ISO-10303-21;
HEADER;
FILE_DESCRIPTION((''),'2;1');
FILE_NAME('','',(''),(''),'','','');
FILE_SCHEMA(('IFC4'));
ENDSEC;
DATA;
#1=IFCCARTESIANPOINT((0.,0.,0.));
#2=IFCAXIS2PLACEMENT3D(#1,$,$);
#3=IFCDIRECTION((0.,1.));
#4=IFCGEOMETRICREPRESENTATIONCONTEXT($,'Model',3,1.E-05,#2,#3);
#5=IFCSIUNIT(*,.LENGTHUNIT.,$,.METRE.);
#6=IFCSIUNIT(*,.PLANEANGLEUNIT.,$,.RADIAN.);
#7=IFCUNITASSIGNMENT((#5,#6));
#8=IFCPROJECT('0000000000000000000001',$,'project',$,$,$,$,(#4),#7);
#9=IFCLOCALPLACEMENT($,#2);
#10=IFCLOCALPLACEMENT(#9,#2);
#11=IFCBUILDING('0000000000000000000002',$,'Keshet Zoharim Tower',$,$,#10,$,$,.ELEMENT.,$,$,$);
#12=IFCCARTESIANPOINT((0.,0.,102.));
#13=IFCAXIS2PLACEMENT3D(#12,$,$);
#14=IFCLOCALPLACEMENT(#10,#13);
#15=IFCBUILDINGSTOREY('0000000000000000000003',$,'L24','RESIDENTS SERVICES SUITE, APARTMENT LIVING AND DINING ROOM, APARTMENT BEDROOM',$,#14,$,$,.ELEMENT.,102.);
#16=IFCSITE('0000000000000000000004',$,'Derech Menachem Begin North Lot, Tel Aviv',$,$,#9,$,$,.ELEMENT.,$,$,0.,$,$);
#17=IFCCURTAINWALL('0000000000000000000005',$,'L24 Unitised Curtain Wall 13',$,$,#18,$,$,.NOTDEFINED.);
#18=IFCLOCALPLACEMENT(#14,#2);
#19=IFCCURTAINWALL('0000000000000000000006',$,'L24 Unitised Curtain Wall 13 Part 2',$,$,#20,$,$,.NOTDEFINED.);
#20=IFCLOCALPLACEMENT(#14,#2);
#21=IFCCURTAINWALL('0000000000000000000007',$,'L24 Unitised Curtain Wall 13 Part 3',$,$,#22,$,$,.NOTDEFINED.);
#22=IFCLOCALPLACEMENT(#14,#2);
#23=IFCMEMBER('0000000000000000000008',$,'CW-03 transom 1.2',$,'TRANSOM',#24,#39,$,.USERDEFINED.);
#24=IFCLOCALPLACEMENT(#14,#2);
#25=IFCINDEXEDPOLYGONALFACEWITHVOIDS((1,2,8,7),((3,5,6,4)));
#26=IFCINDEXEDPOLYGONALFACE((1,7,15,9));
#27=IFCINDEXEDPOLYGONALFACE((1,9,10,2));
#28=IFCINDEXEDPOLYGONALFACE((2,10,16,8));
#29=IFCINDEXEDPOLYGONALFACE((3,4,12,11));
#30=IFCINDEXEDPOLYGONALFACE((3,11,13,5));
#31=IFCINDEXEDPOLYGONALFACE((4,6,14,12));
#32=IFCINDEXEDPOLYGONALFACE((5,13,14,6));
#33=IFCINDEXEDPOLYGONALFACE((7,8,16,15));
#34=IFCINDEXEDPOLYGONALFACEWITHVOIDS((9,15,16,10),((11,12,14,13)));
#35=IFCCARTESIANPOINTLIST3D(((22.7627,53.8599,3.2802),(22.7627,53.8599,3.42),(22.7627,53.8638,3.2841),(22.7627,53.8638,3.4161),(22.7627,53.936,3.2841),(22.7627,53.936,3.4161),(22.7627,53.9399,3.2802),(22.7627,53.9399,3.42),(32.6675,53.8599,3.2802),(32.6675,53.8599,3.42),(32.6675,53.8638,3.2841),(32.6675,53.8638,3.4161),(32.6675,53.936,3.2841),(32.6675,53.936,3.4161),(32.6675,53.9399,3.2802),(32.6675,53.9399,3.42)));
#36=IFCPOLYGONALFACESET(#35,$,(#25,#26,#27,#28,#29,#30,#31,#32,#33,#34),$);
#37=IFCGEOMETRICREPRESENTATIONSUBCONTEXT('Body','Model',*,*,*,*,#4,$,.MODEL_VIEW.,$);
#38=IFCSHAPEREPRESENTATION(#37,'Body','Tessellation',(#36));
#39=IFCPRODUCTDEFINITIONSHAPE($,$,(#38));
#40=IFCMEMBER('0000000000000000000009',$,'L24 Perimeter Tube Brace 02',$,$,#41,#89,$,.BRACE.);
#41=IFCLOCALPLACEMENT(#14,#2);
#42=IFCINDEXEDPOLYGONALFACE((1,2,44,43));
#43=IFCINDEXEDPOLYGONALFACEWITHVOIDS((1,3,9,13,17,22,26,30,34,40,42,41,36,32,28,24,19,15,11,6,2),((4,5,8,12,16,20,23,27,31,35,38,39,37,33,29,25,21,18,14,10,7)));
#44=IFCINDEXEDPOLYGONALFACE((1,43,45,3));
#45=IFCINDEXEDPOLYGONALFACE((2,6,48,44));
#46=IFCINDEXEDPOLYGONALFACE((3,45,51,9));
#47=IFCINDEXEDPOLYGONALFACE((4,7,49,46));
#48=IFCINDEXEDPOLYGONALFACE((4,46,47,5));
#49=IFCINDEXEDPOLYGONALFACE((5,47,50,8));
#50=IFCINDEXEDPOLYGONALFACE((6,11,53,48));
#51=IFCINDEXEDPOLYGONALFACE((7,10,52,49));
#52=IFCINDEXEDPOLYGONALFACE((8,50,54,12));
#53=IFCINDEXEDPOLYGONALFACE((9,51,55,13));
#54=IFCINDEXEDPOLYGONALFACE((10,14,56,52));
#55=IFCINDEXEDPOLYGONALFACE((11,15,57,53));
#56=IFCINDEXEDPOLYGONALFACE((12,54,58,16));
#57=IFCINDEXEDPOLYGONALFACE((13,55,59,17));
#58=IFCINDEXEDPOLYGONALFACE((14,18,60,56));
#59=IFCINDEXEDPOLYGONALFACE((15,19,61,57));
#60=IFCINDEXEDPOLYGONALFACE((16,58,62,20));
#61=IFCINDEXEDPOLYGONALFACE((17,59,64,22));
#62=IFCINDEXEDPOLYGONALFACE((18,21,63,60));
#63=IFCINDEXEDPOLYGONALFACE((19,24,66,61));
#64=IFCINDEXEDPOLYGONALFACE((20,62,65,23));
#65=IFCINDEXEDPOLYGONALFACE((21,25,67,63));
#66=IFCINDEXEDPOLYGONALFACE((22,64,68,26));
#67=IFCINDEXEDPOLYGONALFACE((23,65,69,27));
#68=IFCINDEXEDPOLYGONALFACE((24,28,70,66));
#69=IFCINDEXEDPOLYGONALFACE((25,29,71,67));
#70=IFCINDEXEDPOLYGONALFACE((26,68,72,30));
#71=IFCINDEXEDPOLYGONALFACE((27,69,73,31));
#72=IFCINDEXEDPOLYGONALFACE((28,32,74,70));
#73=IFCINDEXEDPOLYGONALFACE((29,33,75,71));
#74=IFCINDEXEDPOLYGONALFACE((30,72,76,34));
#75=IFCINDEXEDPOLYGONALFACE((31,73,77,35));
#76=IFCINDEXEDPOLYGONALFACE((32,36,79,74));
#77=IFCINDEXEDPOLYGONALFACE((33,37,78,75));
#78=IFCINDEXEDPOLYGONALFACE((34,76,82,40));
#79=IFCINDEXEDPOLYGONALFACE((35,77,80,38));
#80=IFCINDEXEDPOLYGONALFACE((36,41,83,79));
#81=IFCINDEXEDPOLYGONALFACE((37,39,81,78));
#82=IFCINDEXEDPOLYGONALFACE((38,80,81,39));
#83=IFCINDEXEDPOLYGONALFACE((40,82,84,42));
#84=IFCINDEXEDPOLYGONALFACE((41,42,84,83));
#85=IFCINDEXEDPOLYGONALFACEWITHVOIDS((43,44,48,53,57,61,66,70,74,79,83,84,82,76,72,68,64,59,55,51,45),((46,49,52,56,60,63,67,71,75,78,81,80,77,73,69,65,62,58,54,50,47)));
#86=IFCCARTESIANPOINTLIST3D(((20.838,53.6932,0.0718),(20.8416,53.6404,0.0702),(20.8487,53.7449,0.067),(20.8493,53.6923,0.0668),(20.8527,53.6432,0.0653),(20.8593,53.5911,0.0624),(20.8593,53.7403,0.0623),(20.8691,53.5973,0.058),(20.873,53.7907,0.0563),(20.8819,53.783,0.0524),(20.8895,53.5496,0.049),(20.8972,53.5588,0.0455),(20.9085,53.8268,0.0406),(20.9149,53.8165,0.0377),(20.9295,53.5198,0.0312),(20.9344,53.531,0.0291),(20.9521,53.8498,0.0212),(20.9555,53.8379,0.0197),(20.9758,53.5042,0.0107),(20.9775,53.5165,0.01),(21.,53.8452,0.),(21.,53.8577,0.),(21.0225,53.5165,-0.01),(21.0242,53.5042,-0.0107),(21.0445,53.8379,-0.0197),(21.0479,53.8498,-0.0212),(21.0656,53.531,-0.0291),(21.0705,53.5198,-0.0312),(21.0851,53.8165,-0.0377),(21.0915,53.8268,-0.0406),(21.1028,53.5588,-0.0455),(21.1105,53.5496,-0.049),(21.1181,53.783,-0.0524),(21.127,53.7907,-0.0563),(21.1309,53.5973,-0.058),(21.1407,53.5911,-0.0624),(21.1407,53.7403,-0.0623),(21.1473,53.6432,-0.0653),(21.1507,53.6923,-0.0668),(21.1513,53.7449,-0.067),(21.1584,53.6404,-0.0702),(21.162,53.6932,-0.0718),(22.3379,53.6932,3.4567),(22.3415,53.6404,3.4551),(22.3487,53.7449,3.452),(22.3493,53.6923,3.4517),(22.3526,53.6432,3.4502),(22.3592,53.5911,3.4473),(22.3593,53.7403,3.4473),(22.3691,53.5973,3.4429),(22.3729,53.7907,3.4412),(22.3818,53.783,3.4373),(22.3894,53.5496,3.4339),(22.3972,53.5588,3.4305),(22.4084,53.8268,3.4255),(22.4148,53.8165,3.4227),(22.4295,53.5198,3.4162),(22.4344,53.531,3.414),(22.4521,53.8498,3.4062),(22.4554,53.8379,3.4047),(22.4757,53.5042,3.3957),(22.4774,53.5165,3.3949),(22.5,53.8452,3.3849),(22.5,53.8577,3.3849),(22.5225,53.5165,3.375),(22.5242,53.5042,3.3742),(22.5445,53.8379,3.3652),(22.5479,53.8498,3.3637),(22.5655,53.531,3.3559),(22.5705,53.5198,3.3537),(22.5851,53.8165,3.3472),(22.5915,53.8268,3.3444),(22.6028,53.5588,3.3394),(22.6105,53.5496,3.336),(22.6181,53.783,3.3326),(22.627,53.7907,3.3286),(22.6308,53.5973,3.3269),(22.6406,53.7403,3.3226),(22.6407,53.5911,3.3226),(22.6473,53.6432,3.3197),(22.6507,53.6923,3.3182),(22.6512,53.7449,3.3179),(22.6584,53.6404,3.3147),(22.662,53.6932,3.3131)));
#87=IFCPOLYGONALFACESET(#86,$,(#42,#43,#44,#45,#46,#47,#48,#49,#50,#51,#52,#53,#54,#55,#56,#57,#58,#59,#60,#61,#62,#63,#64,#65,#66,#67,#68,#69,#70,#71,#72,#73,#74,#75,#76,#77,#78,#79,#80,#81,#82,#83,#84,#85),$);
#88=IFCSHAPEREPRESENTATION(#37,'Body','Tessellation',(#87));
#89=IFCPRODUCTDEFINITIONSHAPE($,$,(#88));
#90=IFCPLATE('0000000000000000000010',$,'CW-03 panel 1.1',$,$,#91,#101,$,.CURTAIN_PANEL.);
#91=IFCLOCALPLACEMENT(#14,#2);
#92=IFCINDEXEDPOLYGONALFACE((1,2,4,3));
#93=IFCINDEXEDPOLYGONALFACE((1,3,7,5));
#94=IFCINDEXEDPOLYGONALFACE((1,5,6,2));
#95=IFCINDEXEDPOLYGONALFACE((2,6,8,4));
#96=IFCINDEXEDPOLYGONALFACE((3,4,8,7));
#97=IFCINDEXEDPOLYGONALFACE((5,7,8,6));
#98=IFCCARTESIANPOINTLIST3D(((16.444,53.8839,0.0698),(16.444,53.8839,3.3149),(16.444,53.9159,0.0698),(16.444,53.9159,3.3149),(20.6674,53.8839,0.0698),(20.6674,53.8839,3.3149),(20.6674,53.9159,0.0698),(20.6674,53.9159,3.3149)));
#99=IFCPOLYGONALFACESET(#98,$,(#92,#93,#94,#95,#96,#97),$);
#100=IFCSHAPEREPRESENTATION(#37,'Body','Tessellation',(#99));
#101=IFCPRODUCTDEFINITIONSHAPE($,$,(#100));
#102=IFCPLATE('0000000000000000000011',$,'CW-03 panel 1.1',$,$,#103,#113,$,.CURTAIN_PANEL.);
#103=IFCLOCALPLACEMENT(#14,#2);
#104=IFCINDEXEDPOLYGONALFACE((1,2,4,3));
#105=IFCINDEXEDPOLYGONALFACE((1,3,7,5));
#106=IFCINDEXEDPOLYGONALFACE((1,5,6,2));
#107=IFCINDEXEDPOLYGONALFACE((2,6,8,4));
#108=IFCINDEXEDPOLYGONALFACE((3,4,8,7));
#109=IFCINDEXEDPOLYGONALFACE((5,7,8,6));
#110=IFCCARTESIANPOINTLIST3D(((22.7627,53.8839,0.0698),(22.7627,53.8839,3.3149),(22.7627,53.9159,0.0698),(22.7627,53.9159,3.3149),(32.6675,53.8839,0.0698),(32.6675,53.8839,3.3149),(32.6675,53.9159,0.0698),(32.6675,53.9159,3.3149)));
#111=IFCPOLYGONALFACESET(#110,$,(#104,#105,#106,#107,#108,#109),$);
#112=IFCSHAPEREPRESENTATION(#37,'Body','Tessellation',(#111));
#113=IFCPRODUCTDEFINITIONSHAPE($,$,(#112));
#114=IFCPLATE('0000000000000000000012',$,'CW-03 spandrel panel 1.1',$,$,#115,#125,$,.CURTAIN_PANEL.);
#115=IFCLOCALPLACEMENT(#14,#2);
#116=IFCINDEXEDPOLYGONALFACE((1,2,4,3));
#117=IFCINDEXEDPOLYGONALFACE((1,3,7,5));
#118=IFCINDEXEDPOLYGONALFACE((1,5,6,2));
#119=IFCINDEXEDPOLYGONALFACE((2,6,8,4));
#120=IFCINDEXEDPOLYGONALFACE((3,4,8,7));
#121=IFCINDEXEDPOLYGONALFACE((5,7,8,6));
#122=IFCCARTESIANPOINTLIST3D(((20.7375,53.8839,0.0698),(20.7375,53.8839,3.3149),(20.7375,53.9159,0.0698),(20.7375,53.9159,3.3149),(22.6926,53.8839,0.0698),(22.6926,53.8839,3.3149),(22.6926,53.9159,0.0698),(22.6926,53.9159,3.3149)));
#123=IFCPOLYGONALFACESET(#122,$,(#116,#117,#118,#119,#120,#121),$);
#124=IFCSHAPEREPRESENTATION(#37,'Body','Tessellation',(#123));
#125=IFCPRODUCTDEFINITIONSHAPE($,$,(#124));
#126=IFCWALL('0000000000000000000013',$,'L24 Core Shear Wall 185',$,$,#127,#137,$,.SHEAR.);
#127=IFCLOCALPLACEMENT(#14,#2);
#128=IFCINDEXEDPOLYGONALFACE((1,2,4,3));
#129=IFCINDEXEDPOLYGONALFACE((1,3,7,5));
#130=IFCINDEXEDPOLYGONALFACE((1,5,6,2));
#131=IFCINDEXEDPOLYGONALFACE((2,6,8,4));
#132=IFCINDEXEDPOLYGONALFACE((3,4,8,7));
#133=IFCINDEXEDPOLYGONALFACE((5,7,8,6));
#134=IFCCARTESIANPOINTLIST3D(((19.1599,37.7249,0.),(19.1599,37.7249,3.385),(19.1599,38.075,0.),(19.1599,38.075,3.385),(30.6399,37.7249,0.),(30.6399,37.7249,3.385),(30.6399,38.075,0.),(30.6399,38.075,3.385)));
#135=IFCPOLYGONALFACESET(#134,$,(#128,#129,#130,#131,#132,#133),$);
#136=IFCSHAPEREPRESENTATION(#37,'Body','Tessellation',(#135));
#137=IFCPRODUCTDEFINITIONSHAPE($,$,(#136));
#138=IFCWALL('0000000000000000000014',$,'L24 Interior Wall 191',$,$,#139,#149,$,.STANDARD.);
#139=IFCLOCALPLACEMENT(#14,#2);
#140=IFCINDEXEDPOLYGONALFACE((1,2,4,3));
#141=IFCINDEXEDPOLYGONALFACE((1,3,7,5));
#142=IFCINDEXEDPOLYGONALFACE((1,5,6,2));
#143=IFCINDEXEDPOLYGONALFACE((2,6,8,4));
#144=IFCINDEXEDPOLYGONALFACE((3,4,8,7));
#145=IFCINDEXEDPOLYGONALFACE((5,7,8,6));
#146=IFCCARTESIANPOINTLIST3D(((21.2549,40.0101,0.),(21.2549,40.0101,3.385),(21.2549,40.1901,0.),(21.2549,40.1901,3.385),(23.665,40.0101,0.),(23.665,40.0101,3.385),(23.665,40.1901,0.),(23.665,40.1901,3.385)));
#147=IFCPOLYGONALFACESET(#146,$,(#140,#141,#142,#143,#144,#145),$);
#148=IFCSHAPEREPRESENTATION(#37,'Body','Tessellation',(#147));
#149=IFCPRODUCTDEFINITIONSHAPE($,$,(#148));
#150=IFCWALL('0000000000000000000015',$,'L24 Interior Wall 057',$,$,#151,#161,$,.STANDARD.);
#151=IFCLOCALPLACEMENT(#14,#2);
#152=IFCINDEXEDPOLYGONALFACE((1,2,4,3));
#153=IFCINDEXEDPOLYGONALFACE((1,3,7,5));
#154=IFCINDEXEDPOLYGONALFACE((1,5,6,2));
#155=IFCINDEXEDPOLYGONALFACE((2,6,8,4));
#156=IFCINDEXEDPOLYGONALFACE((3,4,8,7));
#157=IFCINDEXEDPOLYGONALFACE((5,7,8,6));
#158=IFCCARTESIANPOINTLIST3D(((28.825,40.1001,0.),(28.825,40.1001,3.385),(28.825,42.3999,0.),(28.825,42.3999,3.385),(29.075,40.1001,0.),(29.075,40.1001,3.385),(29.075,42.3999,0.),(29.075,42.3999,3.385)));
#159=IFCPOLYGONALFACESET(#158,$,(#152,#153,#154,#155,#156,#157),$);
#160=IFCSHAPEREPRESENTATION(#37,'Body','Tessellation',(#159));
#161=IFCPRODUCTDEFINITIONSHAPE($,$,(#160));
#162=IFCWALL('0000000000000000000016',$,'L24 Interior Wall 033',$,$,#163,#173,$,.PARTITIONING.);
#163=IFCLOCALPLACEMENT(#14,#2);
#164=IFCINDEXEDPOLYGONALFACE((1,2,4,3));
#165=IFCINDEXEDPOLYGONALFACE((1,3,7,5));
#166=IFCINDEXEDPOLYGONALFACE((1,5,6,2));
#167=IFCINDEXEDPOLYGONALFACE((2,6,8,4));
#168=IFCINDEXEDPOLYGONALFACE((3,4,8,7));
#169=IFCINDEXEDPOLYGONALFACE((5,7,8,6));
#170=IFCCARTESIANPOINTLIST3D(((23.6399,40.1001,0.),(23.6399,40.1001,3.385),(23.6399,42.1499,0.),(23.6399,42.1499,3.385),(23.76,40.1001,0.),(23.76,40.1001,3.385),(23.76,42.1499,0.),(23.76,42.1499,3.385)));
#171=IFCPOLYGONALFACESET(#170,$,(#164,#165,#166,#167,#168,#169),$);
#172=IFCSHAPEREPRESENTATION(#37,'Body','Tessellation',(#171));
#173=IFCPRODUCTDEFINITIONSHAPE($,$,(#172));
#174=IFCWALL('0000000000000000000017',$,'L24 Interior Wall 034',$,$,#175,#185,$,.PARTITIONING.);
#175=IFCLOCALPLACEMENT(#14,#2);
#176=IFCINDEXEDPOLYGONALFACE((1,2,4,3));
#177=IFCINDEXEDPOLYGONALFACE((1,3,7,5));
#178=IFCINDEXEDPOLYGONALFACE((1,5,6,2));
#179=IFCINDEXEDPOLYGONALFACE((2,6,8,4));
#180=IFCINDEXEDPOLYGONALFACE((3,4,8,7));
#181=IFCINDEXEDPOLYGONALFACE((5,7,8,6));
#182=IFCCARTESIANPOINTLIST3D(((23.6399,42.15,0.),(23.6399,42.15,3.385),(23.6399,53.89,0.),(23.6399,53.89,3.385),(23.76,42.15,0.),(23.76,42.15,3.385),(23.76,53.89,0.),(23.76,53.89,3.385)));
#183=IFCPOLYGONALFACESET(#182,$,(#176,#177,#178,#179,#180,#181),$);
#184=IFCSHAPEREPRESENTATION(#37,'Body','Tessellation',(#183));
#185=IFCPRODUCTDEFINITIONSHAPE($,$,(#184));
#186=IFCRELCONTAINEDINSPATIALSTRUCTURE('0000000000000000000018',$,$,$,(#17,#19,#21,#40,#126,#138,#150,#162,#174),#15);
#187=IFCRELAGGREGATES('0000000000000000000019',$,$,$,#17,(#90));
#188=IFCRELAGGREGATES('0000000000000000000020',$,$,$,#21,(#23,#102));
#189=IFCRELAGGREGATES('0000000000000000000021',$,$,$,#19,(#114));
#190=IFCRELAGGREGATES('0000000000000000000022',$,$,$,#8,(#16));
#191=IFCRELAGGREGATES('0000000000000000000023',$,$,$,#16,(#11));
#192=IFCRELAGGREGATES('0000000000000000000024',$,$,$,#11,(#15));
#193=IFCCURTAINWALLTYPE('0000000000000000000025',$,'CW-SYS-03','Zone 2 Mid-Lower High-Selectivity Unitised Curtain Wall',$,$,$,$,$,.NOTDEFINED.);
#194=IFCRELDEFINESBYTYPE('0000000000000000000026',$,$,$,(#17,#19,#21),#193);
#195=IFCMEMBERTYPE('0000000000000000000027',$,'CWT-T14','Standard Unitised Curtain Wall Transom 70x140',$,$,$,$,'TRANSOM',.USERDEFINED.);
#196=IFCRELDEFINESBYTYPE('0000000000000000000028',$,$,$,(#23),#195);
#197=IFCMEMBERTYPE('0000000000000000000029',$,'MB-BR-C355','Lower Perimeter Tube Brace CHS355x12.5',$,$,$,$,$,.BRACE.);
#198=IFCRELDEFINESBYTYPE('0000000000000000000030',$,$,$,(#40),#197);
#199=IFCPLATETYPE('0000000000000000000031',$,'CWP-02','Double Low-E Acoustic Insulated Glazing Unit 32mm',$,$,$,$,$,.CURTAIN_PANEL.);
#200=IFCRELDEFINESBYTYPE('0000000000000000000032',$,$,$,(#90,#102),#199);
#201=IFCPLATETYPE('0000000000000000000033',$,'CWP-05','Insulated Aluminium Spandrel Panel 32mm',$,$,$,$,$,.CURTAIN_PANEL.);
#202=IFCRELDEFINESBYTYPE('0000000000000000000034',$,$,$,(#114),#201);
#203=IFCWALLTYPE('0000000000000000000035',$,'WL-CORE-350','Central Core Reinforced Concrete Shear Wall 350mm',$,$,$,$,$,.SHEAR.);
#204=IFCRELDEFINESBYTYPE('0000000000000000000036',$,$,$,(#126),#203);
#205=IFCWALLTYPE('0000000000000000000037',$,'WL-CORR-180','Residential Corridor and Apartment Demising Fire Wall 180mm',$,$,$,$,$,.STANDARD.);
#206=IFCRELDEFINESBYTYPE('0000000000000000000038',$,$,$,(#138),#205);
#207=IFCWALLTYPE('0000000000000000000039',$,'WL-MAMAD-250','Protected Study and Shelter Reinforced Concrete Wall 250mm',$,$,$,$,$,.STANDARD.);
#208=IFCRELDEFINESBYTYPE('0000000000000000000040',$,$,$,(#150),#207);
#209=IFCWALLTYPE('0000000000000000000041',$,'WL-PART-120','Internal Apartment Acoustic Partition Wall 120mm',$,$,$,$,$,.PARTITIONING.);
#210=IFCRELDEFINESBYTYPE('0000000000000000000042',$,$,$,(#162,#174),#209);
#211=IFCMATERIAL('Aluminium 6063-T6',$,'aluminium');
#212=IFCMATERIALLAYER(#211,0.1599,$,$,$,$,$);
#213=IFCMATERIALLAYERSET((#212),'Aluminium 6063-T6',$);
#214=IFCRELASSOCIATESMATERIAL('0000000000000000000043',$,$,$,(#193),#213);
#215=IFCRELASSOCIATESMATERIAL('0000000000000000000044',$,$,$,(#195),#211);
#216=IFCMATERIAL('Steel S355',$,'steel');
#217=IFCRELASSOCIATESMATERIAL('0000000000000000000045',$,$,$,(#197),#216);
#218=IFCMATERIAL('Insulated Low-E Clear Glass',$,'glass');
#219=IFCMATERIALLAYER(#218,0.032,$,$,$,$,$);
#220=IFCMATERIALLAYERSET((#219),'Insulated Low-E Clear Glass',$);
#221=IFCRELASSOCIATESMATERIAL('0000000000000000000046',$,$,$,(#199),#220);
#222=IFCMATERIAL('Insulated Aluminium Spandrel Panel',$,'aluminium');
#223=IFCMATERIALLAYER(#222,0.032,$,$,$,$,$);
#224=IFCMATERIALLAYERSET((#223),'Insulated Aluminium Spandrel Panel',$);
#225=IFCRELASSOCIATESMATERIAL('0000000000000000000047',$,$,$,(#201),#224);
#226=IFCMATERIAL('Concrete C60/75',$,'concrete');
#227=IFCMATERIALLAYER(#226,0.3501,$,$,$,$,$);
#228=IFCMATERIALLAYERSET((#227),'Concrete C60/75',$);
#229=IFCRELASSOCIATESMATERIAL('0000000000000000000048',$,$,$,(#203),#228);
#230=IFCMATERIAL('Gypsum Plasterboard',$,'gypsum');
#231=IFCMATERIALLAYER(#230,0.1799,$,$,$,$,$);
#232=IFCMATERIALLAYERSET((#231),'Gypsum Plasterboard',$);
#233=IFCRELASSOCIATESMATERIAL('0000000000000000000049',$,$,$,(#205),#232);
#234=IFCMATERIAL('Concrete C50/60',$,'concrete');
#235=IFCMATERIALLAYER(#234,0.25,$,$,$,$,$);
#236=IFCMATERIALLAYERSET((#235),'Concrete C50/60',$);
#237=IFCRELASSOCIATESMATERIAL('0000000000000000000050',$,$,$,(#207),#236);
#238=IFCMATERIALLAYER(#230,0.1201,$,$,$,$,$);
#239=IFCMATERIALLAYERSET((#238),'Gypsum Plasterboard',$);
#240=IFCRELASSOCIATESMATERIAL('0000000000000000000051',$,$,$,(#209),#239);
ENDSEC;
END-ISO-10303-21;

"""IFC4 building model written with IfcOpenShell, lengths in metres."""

from ifc_helpers import new_model, si_unit, direction, frame, frame_2d, origin, origin_2d, place, context, subcontext, project, spatial, rectangle, hollow_rectangle, hollow_circle, extrude, material, layer, layer_set, material_profile, profile_set, type_object, element, aggregate, save


model = new_model("IFC4")

# Units and contexts
model_context = context("Model", 3, precision=1e-05, world=origin(), true_north=direction((0.0, 1.0)))
body_context = subcontext(model_context, "Body", "Model", "MODEL_VIEW")
ifc_project = project(units=[si_unit("LENGTHUNIT", "METRE"), si_unit("PLANEANGLEUNIT", "RADIAN")], contexts=[model_context])

# Site, building, storey
site_placement = place(None, origin())
site = spatial("IfcSite", under=ifc_project, at=site_placement, Name="Derech Menachem Begin North Lot, Tel Aviv", CompositionType="ELEMENT", RefElevation=0.0)
building_placement = place(site_placement, origin())
building = spatial("IfcBuilding", under=site, at=building_placement, Name="Keshet Zoharim Tower", CompositionType="ELEMENT")
storey_placement = place(building_placement, frame((0.0, 0.0, 102.0)))
storey = spatial("IfcBuildingStorey", under=building, at=storey_placement, Name="L24", Description="RESIDENTS SERVICES SUITE, APARTMENT LIVING AND DINING ROOM, APARTMENT BEDROOM", CompositionType="ELEMENT", Elevation=102.0)

# Shared definitions
ifc_material_1 = material(Name="Steel S355", Category="steel")

# Curtain wall
ifc_material_2 = material(Name="Aluminium 6063-T6", Category="aluminium")
ifc_layer_1 = layer(ifc_material_2, 0.1599)
ifc_layer_set_1 = layer_set([ifc_layer_1], Name="Aluminium 6063-T6")
curtain_wall_type = type_object("IfcCurtainWallType", Name="CW-SYS-03", Description="Zone 2 Mid-Lower High-Selectivity Unitised Curtain Wall", PredefinedType="NOTDEFINED", material=ifc_layer_set_1)
curtain_wall_1_placement = place(storey_placement, origin())
curtain_wall_1 = element("IfcCurtainWall", 1, at=curtain_wall_1_placement, inside=storey, type_object=curtain_wall_type, Name="L24 Unitised Curtain Wall 13", PredefinedType="NOTDEFINED")

# Curtain walls, member
curtain_wall_2_placement = place(storey_placement, origin())
curtain_wall_2 = element("IfcCurtainWall", 2, at=curtain_wall_2_placement, inside=storey, type_object=curtain_wall_type, Name="L24 Unitised Curtain Wall 13 Part 2", PredefinedType="NOTDEFINED")
ifc_material_profile_1 = material_profile(ifc_material_2, hollow_rectangle(XDim=0.0801, YDim=0.1399, WallThickness=0.0039, at=origin_2d()), Name="TRN-80x140")
ifc_profile_set_1 = profile_set([ifc_material_profile_1], Name="Aluminium 6063-T6")
member_type_1 = type_object("IfcMemberType", Name="CWT-T14", Description="Standard Unitised Curtain Wall Transom 70x140", ElementType="TRANSOM", PredefinedType="USERDEFINED", material=ifc_profile_set_1)
curtain_wall_3_placement = place(storey_placement, origin())
curtain_wall_3 = element("IfcCurtainWall", 3, at=curtain_wall_3_placement, inside=storey, type_object=curtain_wall_type, Name="L24 Unitised Curtain Wall 13 Part 3", PredefinedType="NOTDEFINED")
member_1_placement = place(storey_placement, frame((22.7627, 53.8999, 3.3501), z_axis=(1.0, 0.0, 0.0), x_axis=(0.0, 1.0, 0.0)))
member_1 = element("IfcMember", 4, at=member_1_placement, type_object=member_type_1, Name="CW-03 transom 1.2", ObjectType="TRANSOM", PredefinedType="USERDEFINED", context=body_context, shape_type="SweptSolid", body=[
    extrude(hollow_rectangle(XDim=0.0801, YDim=0.1399, WallThickness=0.0039, at=origin_2d()), origin(), (0.0, 0.0, 1.0), 9.9048),
])

# Member
ifc_material_profile_2 = material_profile(ifc_material_1, hollow_circle(Radius=0.1777, WallThickness=0.0125, at=origin_2d()), Name="CHS355x12.5")
ifc_profile_set_2 = profile_set([ifc_material_profile_2], Name="Steel S355")
member_type_2 = type_object("IfcMemberType", Name="MB-BR-C355", Description="Lower Perimeter Tube Brace CHS355x12.5", PredefinedType="BRACE", material=ifc_profile_set_2)
member_2_placement = place(storey_placement, frame((21.0, 53.6799, 0.0), z_axis=(0.405135, 0.0, 0.914257), x_axis=(0.0, 1.0, 0.0)))
element("IfcMember", 5, at=member_2_placement, inside=storey, type_object=member_type_2, Name="L24 Perimeter Tube Brace 02", PredefinedType="BRACE", context=body_context, shape_type="SweptSolid", body=[
    extrude(hollow_circle(Radius=0.1777, WallThickness=0.0125, at=origin_2d()), origin(), (0.0, 0.0, 1.0), 3.7024),
])

# Plates
ifc_material_3 = material(Name="Insulated Low-E Clear Glass", Category="glass")
ifc_layer_2 = layer(ifc_material_3, 0.032)
ifc_layer_set_2 = layer_set([ifc_layer_2], Name="Insulated Low-E Clear Glass")
plate_type_1 = type_object("IfcPlateType", Name="CWP-02", Description="Double Low-E Acoustic Insulated Glazing Unit 32mm", PredefinedType="CURTAIN_PANEL", material=ifc_layer_set_2)
plate_1_placement = place(storey_placement, frame((18.5557, 53.8999, 0.0698), z_axis=(0.0, 0.0, 1.0), x_axis=(1.0, 0.0, 0.0)))
plate_1 = element("IfcPlate", 6, at=plate_1_placement, type_object=plate_type_1, Name="CW-03 panel 1.1", PredefinedType="CURTAIN_PANEL", context=body_context, shape_type="SweptSolid", body=[
    extrude(rectangle(XDim=4.2234, YDim=0.032, at=origin_2d()), origin(), (0.0, 0.0, 1.0), 3.2451),
])
aggregate(curtain_wall_1, [plate_1])
plate_2_placement = place(storey_placement, frame((27.7151, 53.8999, 0.0698), z_axis=(0.0, 0.0, 1.0), x_axis=(1.0, 0.0, 0.0)))
plate_2 = element("IfcPlate", 7, at=plate_2_placement, type_object=plate_type_1, Name="CW-03 panel 1.1", PredefinedType="CURTAIN_PANEL", context=body_context, shape_type="SweptSolid", body=[
    extrude(rectangle(XDim=9.9048, YDim=0.032, at=origin_2d()), origin(), (0.0, 0.0, 1.0), 3.2451),
])
aggregate(curtain_wall_3, [member_1, plate_2])
ifc_material_4 = material(Name="Insulated Aluminium Spandrel Panel", Category="aluminium")
ifc_layer_3 = layer(ifc_material_4, 0.032)
ifc_layer_set_3 = layer_set([ifc_layer_3], Name="Insulated Aluminium Spandrel Panel")
plate_type_2 = type_object("IfcPlateType", Name="CWP-05", Description="Insulated Aluminium Spandrel Panel 32mm", PredefinedType="CURTAIN_PANEL", material=ifc_layer_set_3)
plate_3_placement = place(storey_placement, frame((21.7151, 53.8999, 0.0698), z_axis=(0.0, 0.0, 1.0), x_axis=(1.0, 0.0, 0.0)))
plate_3 = element("IfcPlate", 8, at=plate_3_placement, type_object=plate_type_2, Name="CW-03 spandrel panel 1.1", PredefinedType="CURTAIN_PANEL", context=body_context, shape_type="SweptSolid", body=[
    extrude(rectangle(XDim=1.9551, YDim=0.032, at=origin_2d()), origin(), (0.0, 0.0, 1.0), 3.2451),
])
aggregate(curtain_wall_2, [plate_3])

# Walls
ifc_material_5 = material(Name="Concrete C60/75", Category="concrete")
ifc_layer_4 = layer(ifc_material_5, 0.3501)
ifc_layer_set_4 = layer_set([ifc_layer_4], Name="Concrete C60/75")
wall_type_1 = type_object("IfcWallType", Name="WL-CORE-350", Description="Central Core Reinforced Concrete Shear Wall 350mm", PredefinedType="SHEAR", material=ifc_layer_set_4)
wall_1_placement = place(storey_placement, frame((19.1599, 37.8999, 0.0), z_axis=(0.0, 0.0, 1.0), x_axis=(1.0, 0.0, 0.0)))
element("IfcWall", 9, at=wall_1_placement, inside=storey, type_object=wall_type_1, Name="L24 Core Shear Wall 185", PredefinedType="SHEAR", context=body_context, shape_type="SweptSolid", body=[
    extrude(rectangle(XDim=11.48, YDim=0.3501, at=frame_2d((5.74, 0.0))), origin(), (0.0, 0.0, 1.0), 3.385),
])
ifc_material_6 = material(Name="Gypsum Plasterboard", Category="gypsum")
ifc_layer_5 = layer(ifc_material_6, 0.1799)
ifc_layer_set_5 = layer_set([ifc_layer_5], Name="Gypsum Plasterboard")
wall_type_2 = type_object("IfcWallType", Name="WL-CORR-180", Description="Residential Corridor and Apartment Demising Fire Wall 180mm", PredefinedType="STANDARD", material=ifc_layer_set_5)
wall_2_placement = place(storey_placement, frame((21.2549, 40.1001, 0.0), z_axis=(0.0, 0.0, 1.0), x_axis=(1.0, 0.0, 0.0)))
element("IfcWall", 10, at=wall_2_placement, inside=storey, type_object=wall_type_2, Name="L24 Interior Wall 191", PredefinedType="STANDARD", context=body_context, shape_type="SweptSolid", body=[
    extrude(rectangle(XDim=2.4102, YDim=0.1799, at=frame_2d((1.2051, 0.0))), origin(), (0.0, 0.0, 1.0), 3.385),
])

# Wall
ifc_material_7 = material(Name="Concrete C50/60", Category="concrete")
ifc_layer_6 = layer(ifc_material_7, 0.25)
ifc_layer_set_6 = layer_set([ifc_layer_6], Name="Concrete C50/60")
wall_type_3 = type_object("IfcWallType", Name="WL-MAMAD-250", Description="Protected Study and Shelter Reinforced Concrete Wall 250mm", PredefinedType="STANDARD", material=ifc_layer_set_6)
wall_3_placement = place(storey_placement, frame((28.95, 40.1001, 0.0), z_axis=(0.0, 0.0, 1.0), x_axis=(0.0, 1.0, 0.0)))
element("IfcWall", 11, at=wall_3_placement, inside=storey, type_object=wall_type_3, Name="L24 Interior Wall 057", PredefinedType="STANDARD", context=body_context, shape_type="SweptSolid", body=[
    extrude(rectangle(XDim=2.2998, YDim=0.25, at=frame_2d((1.1499, 0.0))), origin(), (0.0, 0.0, 1.0), 3.385),
])

# Shared definitions
ifc_layer_7 = layer(ifc_material_6, 0.1201)
ifc_layer_set_7 = layer_set([ifc_layer_7], Name="Gypsum Plasterboard")
wall_type_4 = type_object("IfcWallType", Name="WL-PART-120", Description="Internal Apartment Acoustic Partition Wall 120mm", PredefinedType="PARTITIONING", material=ifc_layer_set_7)

# Walls
wall_4_placement = place(storey_placement, frame((23.7, 40.1001, 0.0), z_axis=(0.0, 0.0, 1.0), x_axis=(0.0, 1.0, 0.0)))
element("IfcWall", 12, at=wall_4_placement, inside=storey, type_object=wall_type_4, Name="L24 Interior Wall 033", PredefinedType="PARTITIONING", context=body_context, shape_type="SweptSolid", body=[
    extrude(rectangle(XDim=2.0498, YDim=0.1201, at=frame_2d((1.0249, 0.0))), origin(), (0.0, 0.0, 1.0), 3.385),
])
for number, where, z_axis, x_axis, name in (
    (13, (23.7, 42.1499, 0.0), (0.0, 0.0, 1.0), (0.0, 1.0, 0.0), "L24 Interior Wall 034"),
):
    element("IfcWall", number, at=place(storey_placement, frame(where, z_axis=z_axis, x_axis=x_axis)), inside=storey, type_object=wall_type_4, Name=name, PredefinedType="PARTITIONING", context=body_context, shape_type="SweptSolid", body=[
        extrude(rectangle(XDim=11.74, YDim=0.1201, at=frame_2d((5.8701, 0.0))), origin(), (0.0, 0.0, 1.0), 3.385),
    ])

save(model, "model.ifc")
